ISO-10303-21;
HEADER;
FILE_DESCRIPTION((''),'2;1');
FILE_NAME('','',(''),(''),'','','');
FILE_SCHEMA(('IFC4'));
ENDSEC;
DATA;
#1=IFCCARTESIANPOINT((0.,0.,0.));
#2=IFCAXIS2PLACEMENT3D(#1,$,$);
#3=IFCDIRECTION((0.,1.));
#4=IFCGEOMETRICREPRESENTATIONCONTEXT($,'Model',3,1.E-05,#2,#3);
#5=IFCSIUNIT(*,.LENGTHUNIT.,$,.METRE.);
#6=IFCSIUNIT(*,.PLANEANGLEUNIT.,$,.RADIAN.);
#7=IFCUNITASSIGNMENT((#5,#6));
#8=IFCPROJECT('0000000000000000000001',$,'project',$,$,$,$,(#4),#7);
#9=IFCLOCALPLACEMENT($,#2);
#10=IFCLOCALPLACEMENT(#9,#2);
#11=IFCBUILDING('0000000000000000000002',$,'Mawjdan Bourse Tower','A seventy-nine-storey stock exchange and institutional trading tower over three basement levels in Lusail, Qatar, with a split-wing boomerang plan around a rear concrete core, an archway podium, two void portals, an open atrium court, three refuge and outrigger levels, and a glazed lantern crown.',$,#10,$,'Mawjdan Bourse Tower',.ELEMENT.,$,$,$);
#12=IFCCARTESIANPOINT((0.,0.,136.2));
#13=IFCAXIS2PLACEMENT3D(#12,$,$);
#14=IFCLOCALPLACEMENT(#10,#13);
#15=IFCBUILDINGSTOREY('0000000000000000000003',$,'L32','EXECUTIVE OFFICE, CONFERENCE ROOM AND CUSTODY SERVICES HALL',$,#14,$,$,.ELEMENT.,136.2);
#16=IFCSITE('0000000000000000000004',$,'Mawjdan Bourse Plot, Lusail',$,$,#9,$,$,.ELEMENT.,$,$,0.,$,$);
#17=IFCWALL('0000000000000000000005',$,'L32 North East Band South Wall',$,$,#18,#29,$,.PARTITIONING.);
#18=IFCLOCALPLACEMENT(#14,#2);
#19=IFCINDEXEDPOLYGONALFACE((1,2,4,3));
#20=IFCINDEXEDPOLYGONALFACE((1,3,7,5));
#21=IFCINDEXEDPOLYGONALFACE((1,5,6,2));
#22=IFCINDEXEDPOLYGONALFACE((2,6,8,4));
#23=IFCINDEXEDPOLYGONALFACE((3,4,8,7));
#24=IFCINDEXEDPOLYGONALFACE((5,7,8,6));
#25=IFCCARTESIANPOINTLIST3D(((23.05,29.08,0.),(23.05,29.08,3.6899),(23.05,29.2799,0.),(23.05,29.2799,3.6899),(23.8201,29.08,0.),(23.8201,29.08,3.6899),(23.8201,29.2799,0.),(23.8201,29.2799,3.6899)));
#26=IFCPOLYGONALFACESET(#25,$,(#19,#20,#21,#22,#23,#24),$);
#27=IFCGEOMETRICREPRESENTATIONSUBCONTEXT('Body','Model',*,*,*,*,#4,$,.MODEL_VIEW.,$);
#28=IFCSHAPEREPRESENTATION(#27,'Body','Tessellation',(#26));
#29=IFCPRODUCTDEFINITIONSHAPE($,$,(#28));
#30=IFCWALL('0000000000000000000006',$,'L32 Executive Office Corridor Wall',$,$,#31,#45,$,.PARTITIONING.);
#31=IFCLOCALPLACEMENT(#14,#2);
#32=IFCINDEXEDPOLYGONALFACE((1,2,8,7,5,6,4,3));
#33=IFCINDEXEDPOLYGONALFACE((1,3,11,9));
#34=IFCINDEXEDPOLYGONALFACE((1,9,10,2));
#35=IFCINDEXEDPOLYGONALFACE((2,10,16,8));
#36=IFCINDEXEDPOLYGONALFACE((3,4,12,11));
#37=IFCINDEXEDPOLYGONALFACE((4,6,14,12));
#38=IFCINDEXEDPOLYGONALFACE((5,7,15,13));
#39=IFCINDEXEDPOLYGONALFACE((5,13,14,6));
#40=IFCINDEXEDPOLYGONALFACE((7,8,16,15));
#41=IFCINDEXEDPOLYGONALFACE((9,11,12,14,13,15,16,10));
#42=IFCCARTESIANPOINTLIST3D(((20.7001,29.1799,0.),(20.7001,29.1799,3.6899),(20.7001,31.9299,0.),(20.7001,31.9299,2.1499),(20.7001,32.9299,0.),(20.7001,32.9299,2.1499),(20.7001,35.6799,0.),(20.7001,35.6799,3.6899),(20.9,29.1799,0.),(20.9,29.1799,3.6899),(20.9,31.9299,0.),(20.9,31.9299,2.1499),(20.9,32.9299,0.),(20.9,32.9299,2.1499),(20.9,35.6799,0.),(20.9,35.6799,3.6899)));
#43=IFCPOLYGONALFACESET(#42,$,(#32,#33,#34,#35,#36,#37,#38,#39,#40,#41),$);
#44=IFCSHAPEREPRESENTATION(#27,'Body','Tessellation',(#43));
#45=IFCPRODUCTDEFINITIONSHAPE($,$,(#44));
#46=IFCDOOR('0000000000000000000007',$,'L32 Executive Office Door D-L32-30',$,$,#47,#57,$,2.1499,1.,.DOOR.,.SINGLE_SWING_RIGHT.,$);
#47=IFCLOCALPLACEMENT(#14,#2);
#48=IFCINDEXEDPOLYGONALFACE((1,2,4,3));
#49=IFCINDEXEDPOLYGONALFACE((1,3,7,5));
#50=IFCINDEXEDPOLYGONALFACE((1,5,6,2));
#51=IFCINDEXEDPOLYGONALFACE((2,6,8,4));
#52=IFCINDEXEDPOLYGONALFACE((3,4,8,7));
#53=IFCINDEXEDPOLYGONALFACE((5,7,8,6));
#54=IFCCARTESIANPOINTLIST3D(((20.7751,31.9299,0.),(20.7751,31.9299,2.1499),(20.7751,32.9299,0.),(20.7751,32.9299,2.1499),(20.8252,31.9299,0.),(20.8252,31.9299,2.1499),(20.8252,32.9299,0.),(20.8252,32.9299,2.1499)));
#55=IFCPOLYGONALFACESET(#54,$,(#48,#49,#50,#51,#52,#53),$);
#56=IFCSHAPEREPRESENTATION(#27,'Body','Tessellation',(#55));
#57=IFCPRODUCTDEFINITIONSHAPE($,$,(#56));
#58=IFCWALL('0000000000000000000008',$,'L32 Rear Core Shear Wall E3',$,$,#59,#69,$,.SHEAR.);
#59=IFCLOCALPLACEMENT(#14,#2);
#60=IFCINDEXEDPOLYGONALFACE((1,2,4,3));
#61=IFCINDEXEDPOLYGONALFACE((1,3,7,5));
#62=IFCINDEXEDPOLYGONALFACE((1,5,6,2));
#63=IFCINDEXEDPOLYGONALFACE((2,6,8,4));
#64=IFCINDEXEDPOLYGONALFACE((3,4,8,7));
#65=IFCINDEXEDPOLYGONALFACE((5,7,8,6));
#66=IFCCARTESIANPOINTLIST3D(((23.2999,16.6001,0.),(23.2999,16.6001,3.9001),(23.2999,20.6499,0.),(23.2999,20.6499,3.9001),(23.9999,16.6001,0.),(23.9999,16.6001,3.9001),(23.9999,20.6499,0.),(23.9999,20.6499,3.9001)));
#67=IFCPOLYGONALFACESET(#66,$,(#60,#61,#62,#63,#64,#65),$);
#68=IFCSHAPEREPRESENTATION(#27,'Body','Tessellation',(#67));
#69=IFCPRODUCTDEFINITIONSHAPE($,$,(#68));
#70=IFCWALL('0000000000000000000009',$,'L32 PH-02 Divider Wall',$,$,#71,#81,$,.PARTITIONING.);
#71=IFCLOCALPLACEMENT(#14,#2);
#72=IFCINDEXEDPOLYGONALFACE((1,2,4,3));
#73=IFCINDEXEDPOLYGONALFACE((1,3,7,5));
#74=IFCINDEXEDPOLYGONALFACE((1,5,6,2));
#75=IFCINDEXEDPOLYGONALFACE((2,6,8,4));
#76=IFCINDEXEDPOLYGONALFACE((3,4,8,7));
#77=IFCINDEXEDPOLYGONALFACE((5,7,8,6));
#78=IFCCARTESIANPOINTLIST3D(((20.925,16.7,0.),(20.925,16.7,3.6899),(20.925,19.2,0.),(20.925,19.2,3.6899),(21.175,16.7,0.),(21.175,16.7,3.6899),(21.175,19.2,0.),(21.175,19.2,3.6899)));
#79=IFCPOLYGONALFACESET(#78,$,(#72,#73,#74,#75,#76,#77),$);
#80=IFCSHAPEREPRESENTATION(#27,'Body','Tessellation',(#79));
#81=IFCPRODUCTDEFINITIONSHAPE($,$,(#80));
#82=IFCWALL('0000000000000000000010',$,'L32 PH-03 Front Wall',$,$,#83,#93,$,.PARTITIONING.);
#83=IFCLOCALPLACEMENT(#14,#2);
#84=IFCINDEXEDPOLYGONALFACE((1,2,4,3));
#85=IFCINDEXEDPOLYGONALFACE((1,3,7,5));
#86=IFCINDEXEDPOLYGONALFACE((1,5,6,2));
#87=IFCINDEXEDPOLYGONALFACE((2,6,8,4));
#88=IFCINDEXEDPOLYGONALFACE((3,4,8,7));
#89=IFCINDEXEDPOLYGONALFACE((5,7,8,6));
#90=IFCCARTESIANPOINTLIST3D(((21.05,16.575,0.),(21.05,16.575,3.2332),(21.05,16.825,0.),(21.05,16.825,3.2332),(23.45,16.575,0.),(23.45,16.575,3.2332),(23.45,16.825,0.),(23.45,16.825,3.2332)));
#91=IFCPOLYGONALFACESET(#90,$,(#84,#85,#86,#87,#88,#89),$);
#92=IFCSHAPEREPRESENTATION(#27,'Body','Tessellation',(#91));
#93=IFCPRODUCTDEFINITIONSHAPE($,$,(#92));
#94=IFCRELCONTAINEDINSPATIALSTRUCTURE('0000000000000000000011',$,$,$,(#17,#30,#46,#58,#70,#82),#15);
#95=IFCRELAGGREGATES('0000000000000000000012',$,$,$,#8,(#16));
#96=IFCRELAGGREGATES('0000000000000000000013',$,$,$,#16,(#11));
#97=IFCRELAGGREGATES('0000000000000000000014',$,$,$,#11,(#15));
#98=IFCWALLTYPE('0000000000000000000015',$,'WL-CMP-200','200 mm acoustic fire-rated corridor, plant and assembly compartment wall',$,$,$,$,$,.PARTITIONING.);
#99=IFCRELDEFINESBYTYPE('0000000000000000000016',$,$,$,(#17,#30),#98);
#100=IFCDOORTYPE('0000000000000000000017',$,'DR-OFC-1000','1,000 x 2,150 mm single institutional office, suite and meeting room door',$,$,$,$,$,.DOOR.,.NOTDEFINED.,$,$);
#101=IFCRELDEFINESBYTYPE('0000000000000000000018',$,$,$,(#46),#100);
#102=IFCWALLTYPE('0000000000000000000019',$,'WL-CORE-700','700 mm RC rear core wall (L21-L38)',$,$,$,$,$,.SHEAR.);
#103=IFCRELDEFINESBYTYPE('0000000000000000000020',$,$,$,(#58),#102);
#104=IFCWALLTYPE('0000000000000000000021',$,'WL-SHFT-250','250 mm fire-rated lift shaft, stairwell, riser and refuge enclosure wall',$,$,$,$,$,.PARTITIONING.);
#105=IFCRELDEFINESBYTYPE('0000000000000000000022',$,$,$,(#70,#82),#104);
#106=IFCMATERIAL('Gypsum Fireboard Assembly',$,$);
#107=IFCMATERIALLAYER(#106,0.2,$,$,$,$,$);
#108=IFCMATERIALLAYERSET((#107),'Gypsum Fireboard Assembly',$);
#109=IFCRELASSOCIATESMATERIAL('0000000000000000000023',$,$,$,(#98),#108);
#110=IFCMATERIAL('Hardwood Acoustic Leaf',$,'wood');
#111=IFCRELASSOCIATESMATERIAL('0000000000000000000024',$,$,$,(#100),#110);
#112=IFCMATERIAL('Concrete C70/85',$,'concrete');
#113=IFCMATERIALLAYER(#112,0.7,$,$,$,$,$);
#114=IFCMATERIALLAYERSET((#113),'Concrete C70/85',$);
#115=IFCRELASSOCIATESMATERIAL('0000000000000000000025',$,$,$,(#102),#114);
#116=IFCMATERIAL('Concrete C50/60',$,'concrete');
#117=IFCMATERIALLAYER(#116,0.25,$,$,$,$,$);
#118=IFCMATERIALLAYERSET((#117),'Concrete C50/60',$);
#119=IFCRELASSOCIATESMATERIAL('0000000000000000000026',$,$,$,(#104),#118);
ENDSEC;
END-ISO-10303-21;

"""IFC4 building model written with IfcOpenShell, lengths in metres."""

from ifc_helpers import new_model, si_unit, direction, frame, frame_2d, origin, place, context, subcontext, project, spatial, rectangle, extrude, material, layer, layer_set, type_object, element, fill, save


model = new_model("IFC4")

# Units and contexts
model_context = context("Model", 3, precision=1e-05, world=origin(), true_north=direction((0.0, 1.0)))
body_context = subcontext(model_context, "Body", "Model", "MODEL_VIEW")
ifc_project = project(units=[si_unit("LENGTHUNIT", "METRE"), si_unit("PLANEANGLEUNIT", "RADIAN")], contexts=[model_context])

# Site, building, storey
site_placement = place(None, origin())
site = spatial("IfcSite", under=ifc_project, at=site_placement, Name="Mawjdan Bourse Plot, Lusail", CompositionType="ELEMENT", RefElevation=0.0)
building_placement = place(site_placement, origin())
building = spatial("IfcBuilding", under=site, at=building_placement, Name="Mawjdan Bourse Tower", Description="A seventy-nine-storey stock exchange and institutional trading tower over three basement levels in Lusail, Qatar, with a split-wing boomerang plan around a rear concrete core, an archway podium, two void portals, an open atrium court, three refuge and outrigger levels, and a glazed lantern crown.", LongName="Mawjdan Bourse Tower", CompositionType="ELEMENT")
storey_placement = place(building_placement, frame((0.0, 0.0, 136.2)))
storey = spatial("IfcBuildingStorey", under=building, at=storey_placement, Name="L32", Description="EXECUTIVE OFFICE, CONFERENCE ROOM AND CUSTODY SERVICES HALL", CompositionType="ELEMENT", Elevation=136.2)

# Shared definitions
ifc_material_1 = material(Name="Concrete C70/85", Category="concrete")

# Shared definitions
ifc_material_2 = material(Name="Gypsum Fireboard Assembly")
ifc_layer_1 = layer(ifc_material_2, 0.2)
ifc_layer_set_1 = layer_set([ifc_layer_1], Name="Gypsum Fireboard Assembly")
wall_type_1 = type_object("IfcWallType", Name="WL-CMP-200", Description="200 mm acoustic fire-rated corridor, plant and assembly compartment wall", PredefinedType="PARTITIONING", material=ifc_layer_set_1)
ifc_material_3 = material(Name="Hardwood Acoustic Leaf", Category="wood")
door_type = type_object("IfcDoorType", Name="DR-OFC-1000", Description="1,000 x 2,150 mm single institutional office, suite and meeting room door", OperationType="NOTDEFINED", PredefinedType="DOOR", material=ifc_material_3)

# Wall
wall_1_placement = place(storey_placement, frame((23.05, 29.1799, 0.0), z_axis=(0.0, 0.0, 1.0), x_axis=(1.0, 0.0, 0.0)))
element("IfcWall", 1, at=wall_1_placement, inside=storey, type_object=wall_type_1, Name="L32 North East Band South Wall", PredefinedType="PARTITIONING", context=body_context, shape_type="SweptSolid", body=[
    extrude(rectangle(XDim=0.77, YDim=0.2, at=frame_2d((0.385, 0.0))), origin(), (0.0, 0.0, 1.0), 3.6899),
])

# Wall, opening, door
wall_2_placement = place(storey_placement, frame((20.8, 29.1799, 0.0), z_axis=(0.0, 0.0, 1.0), x_axis=(0.0, 1.0, 0.0)))
wall_2 = element("IfcWall", 2, at=wall_2_placement, inside=storey, type_object=wall_type_1, Name="L32 Executive Office Corridor Wall", PredefinedType="PARTITIONING", context=body_context, shape_type="SweptSolid", body=[
    extrude(rectangle(XDim=6.5, YDim=0.2, at=frame_2d((3.25, 0.0))), origin(), (0.0, 0.0, 1.0), 3.6899),
])
opening_1_placement = place(wall_2_placement, frame((2.75, 0.0, 0.0)))
opening_1 = element("IfcOpeningElement", 3, at=opening_1_placement, cuts=wall_2, PredefinedType="OPENING", context=body_context, shape_type="SweptSolid", body=[
    extrude(rectangle(XDim=1.0, YDim=2.1499, at=frame_2d((0.5, 1.075))), frame((0.0, 0.1099, 0.0), z_axis=(0.0, -1.0, 0.0), x_axis=(1.0, 0.0, 0.0)), (0.0, 0.0, 1.0), 0.22),
])
door_1_placement = place(opening_1_placement, origin())
door_1 = element("IfcDoor", 4, at=door_1_placement, inside=storey, type_object=door_type, Name="L32 Executive Office Door D-L32-30", OperationType="SINGLE_SWING_RIGHT", OverallHeight=2.1499, OverallWidth=1.0, PredefinedType="DOOR", context=body_context, shape_type="SweptSolid", body=[
    extrude(rectangle(XDim=1.0, YDim=2.1499, at=frame_2d((0.5, 1.075))), frame((0.0, 0.0249, 0.0), z_axis=(0.0, -1.0, 0.0), x_axis=(1.0, 0.0, 0.0)), (0.0, 0.0, 1.0), 0.05),
])
fill(opening_1, door_1)

# Walls
ifc_layer_2 = layer(ifc_material_1, 0.7)
ifc_layer_set_2 = layer_set([ifc_layer_2], Name="Concrete C70/85")
wall_type_2 = type_object("IfcWallType", Name="WL-CORE-700", Description="700 mm RC rear core wall (L21-L38)", PredefinedType="SHEAR", material=ifc_layer_set_2)
wall_3_placement = place(storey_placement, frame((23.6499, 16.6001, 0.0), z_axis=(0.0, 0.0, 1.0), x_axis=(0.0, 1.0, 0.0)))
element("IfcWall", 5, at=wall_3_placement, inside=storey, type_object=wall_type_2, Name="L32 Rear Core Shear Wall E3", PredefinedType="SHEAR", context=body_context, shape_type="SweptSolid", body=[
    extrude(rectangle(XDim=4.0498, YDim=0.7, at=frame_2d((2.0249, 0.0))), origin(), (0.0, 0.0, 1.0), 3.9001),
])
ifc_material_4 = material(Name="Concrete C50/60", Category="concrete")
ifc_layer_3 = layer(ifc_material_4, 0.25)
ifc_layer_set_3 = layer_set([ifc_layer_3], Name="Concrete C50/60")
wall_type_3 = type_object("IfcWallType", Name="WL-SHFT-250", Description="250 mm fire-rated lift shaft, stairwell, riser and refuge enclosure wall", PredefinedType="PARTITIONING", material=ifc_layer_set_3)
wall_4_placement = place(storey_placement, frame((21.05, 16.7, 0.0), z_axis=(0.0, 0.0, 1.0), x_axis=(0.0, 1.0, 0.0)))
element("IfcWall", 6, at=wall_4_placement, inside=storey, type_object=wall_type_3, Name="L32 PH-02 Divider Wall", PredefinedType="PARTITIONING", context=body_context, shape_type="SweptSolid", body=[
    extrude(rectangle(XDim=2.5, YDim=0.25, at=frame_2d((1.25, 0.0))), origin(), (0.0, 0.0, 1.0), 3.6899),
])
wall_5_placement = place(storey_placement, frame((21.05, 16.7, 0.0), z_axis=(0.0, 0.0, 1.0), x_axis=(1.0, 0.0, 0.0)))
element("IfcWall", 7, at=wall_5_placement, inside=storey, type_object=wall_type_3, Name="L32 PH-03 Front Wall", PredefinedType="PARTITIONING", context=body_context, shape_type="SweptSolid", body=[
    extrude(rectangle(XDim=2.3999, YDim=0.25, at=frame_2d((1.2, 0.0))), origin(), (0.0, 0.0, 1.0), 3.2332),
])

save(model, "model.ifc")
